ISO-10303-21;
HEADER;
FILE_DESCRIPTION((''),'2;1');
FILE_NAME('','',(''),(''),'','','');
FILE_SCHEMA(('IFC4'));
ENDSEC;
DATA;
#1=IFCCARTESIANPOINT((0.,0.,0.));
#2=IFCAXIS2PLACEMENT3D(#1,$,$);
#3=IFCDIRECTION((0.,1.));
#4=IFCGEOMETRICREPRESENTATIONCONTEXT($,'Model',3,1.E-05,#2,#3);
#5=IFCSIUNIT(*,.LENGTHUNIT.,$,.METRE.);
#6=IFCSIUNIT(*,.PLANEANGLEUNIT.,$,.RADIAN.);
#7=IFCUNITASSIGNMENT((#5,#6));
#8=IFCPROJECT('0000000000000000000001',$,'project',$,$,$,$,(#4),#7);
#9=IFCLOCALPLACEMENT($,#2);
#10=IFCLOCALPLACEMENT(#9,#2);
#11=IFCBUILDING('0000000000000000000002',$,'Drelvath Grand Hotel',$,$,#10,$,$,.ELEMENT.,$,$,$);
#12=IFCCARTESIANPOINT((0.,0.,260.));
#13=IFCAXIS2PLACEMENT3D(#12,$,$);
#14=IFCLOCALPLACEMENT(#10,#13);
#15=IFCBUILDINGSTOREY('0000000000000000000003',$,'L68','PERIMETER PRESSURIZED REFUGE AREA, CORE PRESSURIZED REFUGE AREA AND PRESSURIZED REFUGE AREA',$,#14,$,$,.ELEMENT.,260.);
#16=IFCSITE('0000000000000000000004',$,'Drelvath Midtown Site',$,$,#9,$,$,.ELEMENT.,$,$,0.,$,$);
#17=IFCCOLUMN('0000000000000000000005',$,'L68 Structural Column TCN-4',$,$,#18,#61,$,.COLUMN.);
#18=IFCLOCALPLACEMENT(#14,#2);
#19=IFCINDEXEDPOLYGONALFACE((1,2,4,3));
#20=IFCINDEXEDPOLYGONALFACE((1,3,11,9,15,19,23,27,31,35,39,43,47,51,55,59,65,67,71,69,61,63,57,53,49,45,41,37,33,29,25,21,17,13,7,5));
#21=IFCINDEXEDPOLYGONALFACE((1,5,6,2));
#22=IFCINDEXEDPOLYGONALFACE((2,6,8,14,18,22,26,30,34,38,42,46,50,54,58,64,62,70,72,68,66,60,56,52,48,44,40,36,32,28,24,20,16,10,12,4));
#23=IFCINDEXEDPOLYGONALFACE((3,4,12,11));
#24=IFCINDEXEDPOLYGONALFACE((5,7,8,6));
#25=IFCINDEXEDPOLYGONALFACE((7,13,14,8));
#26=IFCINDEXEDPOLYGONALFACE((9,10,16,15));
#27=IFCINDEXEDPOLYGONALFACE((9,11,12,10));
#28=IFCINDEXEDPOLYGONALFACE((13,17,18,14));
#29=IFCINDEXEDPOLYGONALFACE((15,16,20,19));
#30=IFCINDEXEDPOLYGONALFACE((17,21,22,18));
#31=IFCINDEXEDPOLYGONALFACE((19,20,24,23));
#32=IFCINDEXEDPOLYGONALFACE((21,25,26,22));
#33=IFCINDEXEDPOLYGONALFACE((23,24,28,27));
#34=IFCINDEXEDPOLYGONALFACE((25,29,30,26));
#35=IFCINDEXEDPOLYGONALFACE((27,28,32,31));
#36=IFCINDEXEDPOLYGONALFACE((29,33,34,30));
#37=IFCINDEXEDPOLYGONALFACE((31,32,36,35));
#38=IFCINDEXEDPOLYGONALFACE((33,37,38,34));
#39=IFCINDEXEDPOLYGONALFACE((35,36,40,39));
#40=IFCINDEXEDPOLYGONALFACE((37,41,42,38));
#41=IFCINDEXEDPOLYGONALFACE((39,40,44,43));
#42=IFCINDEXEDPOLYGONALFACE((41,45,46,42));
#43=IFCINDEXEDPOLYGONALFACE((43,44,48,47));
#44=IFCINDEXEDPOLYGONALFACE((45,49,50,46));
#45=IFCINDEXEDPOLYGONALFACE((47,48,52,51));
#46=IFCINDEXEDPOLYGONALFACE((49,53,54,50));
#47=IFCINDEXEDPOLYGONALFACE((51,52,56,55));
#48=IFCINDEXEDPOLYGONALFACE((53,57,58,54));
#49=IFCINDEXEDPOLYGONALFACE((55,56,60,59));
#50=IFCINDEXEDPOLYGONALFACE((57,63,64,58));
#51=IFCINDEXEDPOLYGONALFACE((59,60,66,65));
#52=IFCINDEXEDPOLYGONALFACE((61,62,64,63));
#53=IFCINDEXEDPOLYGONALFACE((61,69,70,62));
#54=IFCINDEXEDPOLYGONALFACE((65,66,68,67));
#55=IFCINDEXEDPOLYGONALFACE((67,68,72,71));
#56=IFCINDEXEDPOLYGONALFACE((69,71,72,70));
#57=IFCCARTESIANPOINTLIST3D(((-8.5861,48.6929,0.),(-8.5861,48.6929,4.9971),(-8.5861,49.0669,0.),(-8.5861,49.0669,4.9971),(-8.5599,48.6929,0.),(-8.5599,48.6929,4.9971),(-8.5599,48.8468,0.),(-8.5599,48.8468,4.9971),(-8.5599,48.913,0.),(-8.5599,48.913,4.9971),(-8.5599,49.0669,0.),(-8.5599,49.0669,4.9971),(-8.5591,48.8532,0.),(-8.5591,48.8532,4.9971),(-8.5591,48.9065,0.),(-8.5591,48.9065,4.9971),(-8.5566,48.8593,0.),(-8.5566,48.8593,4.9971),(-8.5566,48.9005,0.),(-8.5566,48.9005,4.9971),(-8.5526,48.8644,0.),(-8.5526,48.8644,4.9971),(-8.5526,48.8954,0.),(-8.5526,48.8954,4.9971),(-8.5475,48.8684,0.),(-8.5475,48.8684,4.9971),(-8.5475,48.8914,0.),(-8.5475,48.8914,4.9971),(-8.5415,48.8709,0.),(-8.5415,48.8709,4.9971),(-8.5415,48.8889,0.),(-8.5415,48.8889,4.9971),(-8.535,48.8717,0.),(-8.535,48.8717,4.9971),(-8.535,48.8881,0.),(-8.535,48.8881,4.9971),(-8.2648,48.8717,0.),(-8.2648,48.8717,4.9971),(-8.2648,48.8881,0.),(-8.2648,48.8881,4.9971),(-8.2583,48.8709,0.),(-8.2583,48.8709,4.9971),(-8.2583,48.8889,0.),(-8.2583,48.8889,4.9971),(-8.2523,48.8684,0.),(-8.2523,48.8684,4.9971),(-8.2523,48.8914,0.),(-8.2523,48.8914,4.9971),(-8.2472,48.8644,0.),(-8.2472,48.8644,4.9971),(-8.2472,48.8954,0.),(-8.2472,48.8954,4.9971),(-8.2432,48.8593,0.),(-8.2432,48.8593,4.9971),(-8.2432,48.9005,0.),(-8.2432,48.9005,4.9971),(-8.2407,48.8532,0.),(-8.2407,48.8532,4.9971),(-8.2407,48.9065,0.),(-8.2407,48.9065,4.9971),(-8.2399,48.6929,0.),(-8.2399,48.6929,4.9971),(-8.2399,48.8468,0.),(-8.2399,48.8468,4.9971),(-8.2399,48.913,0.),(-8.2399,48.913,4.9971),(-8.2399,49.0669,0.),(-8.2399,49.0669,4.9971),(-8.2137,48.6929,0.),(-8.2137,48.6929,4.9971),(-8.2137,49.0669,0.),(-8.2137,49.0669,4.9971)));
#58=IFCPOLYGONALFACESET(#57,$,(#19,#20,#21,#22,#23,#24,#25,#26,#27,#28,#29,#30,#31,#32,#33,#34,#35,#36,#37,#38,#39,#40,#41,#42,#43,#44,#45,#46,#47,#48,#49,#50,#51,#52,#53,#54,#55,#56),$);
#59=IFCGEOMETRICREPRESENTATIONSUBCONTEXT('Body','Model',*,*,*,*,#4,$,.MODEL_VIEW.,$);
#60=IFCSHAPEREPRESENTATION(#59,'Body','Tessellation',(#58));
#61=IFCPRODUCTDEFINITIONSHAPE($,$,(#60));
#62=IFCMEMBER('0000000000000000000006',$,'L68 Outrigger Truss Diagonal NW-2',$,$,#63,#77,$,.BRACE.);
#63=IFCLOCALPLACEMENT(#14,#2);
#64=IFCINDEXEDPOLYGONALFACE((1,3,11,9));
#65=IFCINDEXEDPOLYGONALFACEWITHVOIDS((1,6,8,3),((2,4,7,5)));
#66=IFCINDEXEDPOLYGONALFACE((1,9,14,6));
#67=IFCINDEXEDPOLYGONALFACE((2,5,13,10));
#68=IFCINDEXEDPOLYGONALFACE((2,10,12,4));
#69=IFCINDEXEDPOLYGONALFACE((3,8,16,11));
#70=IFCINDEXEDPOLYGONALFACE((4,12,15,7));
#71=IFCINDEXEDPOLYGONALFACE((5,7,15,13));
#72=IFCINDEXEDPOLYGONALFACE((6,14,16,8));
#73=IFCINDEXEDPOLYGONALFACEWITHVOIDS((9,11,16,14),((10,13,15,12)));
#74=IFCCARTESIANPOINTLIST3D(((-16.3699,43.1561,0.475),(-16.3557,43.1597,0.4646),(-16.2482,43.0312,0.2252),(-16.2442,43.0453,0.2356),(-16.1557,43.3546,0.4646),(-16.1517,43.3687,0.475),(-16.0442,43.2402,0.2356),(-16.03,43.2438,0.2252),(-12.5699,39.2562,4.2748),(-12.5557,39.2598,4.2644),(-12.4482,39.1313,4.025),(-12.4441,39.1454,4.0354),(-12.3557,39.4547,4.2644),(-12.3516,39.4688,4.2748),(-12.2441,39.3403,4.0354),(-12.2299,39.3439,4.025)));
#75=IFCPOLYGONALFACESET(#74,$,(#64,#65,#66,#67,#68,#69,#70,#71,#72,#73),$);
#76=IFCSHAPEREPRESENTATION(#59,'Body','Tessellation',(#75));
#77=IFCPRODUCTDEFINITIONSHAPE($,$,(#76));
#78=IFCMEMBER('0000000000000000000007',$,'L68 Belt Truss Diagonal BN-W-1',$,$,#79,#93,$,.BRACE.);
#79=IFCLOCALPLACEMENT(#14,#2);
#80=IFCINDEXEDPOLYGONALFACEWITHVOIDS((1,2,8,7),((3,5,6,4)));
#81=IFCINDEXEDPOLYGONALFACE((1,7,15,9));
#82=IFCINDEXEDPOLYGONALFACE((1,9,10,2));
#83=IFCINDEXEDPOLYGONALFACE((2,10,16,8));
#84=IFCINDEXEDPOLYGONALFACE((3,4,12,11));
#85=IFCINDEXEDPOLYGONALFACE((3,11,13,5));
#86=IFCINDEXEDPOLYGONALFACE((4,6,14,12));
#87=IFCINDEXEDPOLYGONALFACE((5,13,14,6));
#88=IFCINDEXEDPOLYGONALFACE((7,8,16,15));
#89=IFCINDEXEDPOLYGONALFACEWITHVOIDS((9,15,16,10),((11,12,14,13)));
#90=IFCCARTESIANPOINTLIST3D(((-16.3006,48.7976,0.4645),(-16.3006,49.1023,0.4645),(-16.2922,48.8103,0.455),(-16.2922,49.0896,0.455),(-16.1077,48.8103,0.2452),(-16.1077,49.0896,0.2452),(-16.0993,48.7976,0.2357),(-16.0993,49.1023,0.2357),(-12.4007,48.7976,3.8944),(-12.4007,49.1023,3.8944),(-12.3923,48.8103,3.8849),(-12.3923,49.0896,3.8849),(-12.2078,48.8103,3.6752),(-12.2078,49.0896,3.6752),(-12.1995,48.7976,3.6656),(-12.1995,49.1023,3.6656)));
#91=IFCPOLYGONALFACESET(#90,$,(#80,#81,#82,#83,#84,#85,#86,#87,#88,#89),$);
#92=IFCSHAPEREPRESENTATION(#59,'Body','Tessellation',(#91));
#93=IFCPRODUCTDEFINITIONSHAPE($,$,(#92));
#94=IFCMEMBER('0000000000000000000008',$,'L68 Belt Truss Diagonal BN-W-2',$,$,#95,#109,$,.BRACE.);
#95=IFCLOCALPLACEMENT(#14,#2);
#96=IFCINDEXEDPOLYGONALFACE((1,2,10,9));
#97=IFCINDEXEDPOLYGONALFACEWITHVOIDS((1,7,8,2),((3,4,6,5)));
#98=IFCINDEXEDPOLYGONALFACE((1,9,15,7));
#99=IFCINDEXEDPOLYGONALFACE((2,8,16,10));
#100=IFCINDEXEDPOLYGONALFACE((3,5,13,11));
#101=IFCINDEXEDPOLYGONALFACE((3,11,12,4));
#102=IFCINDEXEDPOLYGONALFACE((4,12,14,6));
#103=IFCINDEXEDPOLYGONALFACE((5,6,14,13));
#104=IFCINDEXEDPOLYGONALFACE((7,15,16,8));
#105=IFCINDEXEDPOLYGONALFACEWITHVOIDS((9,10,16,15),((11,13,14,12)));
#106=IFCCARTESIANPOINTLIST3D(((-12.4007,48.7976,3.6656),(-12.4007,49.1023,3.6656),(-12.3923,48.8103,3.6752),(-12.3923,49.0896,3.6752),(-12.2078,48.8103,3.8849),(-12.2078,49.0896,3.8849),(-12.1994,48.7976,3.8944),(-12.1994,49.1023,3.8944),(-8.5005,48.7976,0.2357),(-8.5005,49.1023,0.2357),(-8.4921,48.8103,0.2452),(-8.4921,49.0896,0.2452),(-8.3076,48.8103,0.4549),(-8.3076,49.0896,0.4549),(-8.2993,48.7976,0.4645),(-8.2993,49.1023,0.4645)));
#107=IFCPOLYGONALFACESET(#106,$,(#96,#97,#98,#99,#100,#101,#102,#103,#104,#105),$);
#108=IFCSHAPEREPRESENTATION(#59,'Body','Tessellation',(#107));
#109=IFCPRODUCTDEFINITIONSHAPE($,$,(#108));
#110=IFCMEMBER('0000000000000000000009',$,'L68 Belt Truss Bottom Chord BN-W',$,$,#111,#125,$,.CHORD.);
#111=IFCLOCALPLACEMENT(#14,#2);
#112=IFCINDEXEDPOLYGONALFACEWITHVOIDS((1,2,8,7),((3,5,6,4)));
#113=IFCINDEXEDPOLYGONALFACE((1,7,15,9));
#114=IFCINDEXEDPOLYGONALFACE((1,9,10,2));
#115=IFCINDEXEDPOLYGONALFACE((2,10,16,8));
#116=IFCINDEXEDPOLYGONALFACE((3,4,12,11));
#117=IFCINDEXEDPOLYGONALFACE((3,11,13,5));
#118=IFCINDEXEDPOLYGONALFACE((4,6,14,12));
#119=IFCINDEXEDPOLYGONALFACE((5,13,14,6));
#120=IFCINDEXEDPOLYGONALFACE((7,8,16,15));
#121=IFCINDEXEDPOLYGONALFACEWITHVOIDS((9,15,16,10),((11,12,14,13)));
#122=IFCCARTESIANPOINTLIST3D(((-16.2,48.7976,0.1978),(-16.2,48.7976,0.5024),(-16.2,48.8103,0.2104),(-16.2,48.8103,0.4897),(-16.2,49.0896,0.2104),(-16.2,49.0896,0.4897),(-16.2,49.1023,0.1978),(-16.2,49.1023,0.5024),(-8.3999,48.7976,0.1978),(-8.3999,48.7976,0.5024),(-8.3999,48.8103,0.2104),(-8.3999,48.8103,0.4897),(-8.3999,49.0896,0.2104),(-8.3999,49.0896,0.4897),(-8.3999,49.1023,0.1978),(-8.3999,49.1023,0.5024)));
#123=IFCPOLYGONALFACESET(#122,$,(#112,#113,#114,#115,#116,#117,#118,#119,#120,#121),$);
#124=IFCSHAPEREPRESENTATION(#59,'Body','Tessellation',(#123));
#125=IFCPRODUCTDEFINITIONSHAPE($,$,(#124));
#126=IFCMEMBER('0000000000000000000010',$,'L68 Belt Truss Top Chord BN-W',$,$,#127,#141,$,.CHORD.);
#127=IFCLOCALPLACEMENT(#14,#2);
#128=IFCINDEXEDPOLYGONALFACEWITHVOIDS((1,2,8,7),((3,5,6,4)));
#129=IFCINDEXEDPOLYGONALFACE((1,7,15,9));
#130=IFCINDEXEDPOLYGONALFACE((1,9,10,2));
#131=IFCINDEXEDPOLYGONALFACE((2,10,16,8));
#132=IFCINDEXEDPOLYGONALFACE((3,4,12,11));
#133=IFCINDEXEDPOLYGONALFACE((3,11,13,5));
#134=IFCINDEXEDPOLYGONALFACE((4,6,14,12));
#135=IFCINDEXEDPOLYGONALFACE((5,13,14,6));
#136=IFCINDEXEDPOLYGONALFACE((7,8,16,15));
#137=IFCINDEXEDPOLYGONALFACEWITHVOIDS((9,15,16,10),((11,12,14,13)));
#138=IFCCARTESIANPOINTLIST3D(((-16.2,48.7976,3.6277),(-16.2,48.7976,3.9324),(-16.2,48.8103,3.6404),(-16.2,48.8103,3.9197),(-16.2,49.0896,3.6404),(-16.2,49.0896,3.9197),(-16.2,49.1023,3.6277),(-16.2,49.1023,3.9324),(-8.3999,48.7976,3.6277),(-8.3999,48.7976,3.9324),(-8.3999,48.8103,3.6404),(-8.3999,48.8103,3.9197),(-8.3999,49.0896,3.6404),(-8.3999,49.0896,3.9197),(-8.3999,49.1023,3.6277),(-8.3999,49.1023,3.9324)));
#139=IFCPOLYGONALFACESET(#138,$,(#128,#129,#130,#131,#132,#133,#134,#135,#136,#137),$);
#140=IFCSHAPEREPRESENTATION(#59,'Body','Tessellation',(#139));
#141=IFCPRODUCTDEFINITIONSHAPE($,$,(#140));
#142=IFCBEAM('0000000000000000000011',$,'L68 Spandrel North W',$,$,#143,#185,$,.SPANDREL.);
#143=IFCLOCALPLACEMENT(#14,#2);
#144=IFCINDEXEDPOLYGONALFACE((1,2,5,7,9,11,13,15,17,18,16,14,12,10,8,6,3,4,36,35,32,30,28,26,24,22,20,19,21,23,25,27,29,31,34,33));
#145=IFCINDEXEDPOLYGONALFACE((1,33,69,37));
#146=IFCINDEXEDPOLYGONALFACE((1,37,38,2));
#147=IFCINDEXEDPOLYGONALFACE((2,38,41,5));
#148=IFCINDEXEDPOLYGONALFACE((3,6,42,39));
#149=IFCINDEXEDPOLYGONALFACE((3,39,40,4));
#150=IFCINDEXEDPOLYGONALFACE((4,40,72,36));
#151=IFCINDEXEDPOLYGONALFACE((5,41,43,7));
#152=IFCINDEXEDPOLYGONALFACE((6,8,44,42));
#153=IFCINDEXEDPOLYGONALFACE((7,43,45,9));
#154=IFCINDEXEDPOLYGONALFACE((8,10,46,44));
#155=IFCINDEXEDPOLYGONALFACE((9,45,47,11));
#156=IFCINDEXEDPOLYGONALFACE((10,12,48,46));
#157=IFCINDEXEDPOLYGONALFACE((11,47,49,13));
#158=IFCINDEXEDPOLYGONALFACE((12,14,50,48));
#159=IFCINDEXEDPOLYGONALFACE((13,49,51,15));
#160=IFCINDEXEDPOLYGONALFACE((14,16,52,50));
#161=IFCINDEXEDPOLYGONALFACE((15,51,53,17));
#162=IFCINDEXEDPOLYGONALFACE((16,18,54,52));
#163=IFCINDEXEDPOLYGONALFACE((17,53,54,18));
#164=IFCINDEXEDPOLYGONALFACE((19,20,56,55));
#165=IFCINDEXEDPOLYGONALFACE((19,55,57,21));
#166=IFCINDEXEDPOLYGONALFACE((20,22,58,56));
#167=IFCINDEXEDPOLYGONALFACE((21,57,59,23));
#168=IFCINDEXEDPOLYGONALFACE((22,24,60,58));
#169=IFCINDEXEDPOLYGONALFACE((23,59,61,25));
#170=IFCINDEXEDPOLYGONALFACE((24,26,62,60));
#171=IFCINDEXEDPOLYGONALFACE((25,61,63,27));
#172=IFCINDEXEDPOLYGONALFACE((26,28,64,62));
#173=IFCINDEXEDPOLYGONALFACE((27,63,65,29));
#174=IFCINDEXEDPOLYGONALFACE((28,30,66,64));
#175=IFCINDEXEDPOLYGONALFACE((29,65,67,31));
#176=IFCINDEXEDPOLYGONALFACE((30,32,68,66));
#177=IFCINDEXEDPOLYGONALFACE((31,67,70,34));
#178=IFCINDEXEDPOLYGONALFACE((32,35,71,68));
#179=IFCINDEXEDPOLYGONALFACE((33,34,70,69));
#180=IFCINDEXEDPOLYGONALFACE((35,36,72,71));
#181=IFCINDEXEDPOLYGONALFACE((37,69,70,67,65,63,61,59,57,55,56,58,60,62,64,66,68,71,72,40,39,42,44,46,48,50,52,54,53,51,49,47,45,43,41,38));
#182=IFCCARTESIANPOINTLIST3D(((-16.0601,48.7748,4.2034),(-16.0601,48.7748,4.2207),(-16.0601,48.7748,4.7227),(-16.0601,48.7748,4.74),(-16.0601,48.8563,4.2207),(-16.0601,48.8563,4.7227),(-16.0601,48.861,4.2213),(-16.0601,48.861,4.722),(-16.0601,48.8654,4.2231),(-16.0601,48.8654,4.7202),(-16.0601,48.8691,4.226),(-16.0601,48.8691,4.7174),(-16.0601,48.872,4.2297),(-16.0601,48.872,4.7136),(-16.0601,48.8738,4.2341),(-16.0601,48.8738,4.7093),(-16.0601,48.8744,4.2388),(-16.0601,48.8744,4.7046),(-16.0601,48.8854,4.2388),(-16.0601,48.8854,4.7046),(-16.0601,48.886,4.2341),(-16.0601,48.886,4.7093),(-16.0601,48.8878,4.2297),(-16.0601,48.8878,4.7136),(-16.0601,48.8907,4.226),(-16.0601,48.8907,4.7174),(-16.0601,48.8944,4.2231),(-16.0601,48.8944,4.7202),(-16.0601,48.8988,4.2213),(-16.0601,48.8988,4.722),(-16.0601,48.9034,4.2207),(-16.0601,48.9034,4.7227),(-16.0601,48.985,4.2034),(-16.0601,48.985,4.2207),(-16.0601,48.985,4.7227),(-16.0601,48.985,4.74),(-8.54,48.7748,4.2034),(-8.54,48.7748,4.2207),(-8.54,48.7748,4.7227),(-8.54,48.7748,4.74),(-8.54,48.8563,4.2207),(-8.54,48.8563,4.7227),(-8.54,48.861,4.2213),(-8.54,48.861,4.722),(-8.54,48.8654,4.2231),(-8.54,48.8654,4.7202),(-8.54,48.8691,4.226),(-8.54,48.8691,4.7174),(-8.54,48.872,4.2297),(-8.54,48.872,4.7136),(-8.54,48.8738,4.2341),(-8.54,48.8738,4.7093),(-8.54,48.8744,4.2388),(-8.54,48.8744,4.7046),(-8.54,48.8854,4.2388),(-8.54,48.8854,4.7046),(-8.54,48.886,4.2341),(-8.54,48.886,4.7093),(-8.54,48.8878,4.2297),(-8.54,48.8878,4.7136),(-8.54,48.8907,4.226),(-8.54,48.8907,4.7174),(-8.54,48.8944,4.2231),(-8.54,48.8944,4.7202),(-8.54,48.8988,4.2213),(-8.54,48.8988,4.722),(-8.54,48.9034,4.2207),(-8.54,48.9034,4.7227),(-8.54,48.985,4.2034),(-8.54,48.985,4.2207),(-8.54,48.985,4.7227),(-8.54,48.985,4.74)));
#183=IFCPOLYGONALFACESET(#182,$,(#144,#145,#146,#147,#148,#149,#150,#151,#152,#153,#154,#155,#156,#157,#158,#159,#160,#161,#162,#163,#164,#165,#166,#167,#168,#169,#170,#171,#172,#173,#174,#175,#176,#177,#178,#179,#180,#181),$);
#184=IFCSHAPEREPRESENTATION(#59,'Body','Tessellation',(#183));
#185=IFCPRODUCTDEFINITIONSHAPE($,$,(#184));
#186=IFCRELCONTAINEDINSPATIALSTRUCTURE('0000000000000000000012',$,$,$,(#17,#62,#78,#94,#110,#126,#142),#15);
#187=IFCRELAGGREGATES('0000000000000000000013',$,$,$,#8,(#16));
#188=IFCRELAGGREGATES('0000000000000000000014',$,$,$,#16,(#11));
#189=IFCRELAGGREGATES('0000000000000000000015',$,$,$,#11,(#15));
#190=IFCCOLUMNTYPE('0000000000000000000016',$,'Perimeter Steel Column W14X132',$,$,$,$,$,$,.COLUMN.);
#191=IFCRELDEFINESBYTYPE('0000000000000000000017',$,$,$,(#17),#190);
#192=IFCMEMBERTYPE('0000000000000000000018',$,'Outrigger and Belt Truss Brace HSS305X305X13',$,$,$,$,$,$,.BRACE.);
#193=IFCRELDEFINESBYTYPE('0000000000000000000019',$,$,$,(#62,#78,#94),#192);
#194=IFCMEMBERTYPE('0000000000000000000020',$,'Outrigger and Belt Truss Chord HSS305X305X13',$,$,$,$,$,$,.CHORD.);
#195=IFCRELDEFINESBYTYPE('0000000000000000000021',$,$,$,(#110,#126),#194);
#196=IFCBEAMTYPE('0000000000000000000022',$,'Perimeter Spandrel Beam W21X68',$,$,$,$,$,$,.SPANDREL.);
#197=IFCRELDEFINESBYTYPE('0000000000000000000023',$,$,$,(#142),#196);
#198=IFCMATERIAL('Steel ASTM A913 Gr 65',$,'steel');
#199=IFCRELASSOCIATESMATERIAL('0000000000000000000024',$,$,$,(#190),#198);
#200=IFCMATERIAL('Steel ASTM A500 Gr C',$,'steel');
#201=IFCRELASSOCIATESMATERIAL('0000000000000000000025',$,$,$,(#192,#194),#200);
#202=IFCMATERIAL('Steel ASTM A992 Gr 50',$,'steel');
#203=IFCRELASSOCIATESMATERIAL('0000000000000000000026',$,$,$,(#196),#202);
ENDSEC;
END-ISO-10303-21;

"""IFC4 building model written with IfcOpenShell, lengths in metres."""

from ifc_helpers import new_model, si_unit, direction, frame, origin, origin_2d, place, context, subcontext, project, spatial, hollow_rectangle, i_section, extrude, material, material_profile, profile_set, type_object, element, save


model = new_model("IFC4")

# Units and contexts
model_context = context("Model", 3, precision=1e-05, world=origin(), true_north=direction((0.0, 1.0)))
body_context = subcontext(model_context, "Body", "Model", "MODEL_VIEW")
ifc_project = project(units=[si_unit("LENGTHUNIT", "METRE"), si_unit("PLANEANGLEUNIT", "RADIAN")], contexts=[model_context])

# Site, building, storey
site_placement = place(None, origin())
site = spatial("IfcSite", under=ifc_project, at=site_placement, Name="Drelvath Midtown Site", CompositionType="ELEMENT", RefElevation=0.0)
building_placement = place(site_placement, origin())
building = spatial("IfcBuilding", under=site, at=building_placement, Name="Drelvath Grand Hotel", CompositionType="ELEMENT")
storey_placement = place(building_placement, frame((0.0, 0.0, 260.0)))
storey = spatial("IfcBuildingStorey", under=building, at=storey_placement, Name="L68", Description="PERIMETER PRESSURIZED REFUGE AREA, CORE PRESSURIZED REFUGE AREA AND PRESSURIZED REFUGE AREA", CompositionType="ELEMENT", Elevation=260.0)

# Column
ifc_material_1 = material(Name="Steel ASTM A913 Gr 65", Category="steel")
ifc_material_profile_1 = material_profile(ifc_material_1, i_section(OverallWidth=0.374, OverallDepth=0.3723, WebThickness=0.0164, FlangeThickness=0.0261, FilletRadius=0.0249, at=origin_2d()), Name="W14X132")
ifc_profile_set_1 = profile_set([ifc_material_profile_1], Name="Steel ASTM A913 Gr 65")
column_type = type_object("IfcColumnType", Name="Perimeter Steel Column W14X132", PredefinedType="COLUMN", material=ifc_profile_set_1)
column_placement = place(storey_placement, frame((-8.3999, 48.8799, 0.0), z_axis=(0.0, 0.0, 1.0), x_axis=(0.0, 1.0, 0.0)))
element("IfcColumn", 1, at=column_placement, inside=storey, type_object=column_type, Name="L68 Structural Column TCN-4", PredefinedType="COLUMN", context=body_context, shape_type="SweptSolid", body=[
    extrude(i_section(OverallWidth=0.374, OverallDepth=0.3723, WebThickness=0.0164, FlangeThickness=0.0261, FilletRadius=0.0249, at=origin_2d()), origin(), (0.0, 0.0, 1.0), 4.9971),
])

# Members
ifc_material_2 = material(Name="Steel ASTM A500 Gr C", Category="steel")
ifc_material_profile_2 = material_profile(ifc_material_2, hollow_rectangle(XDim=0.3047, YDim=0.3047, WallThickness=0.0127, at=origin_2d()), Name="HSS305X305X13")
ifc_profile_set_2 = profile_set([ifc_material_profile_2], Name="Steel ASTM A500 Gr C")
member_type_1 = type_object("IfcMemberType", Name="Outrigger and Belt Truss Brace HSS305X305X13", PredefinedType="BRACE", material=ifc_profile_set_2)
member_1_placement = place(storey_placement, frame((-12.3999, 39.3, 4.1499), z_axis=(-0.572306, 0.587345, -0.572269), x_axis=(-0.716216, -0.697878, 0.0)))
element("IfcMember", 2, at=member_1_placement, inside=storey, type_object=member_type_1, Name="L68 Outrigger Truss Diagonal NW-2", PredefinedType="BRACE", context=body_context, shape_type="SweptSolid", body=[
    extrude(hollow_rectangle(XDim=0.3047, YDim=0.3047, WallThickness=0.0127, at=origin_2d()), origin(), (0.0, 0.0, 1.0), 6.6399),
])
member_2_placement = place(storey_placement, frame((-16.2, 48.95, 0.3501), z_axis=(0.750903, 0.0, 0.660413), x_axis=(0.0, 1.0, 0.0)))
element("IfcMember", 3, at=member_2_placement, inside=storey, type_object=member_type_1, Name="L68 Belt Truss Diagonal BN-W-1", PredefinedType="BRACE", context=body_context, shape_type="SweptSolid", body=[
    extrude(hollow_rectangle(XDim=0.3047, YDim=0.3047, WallThickness=0.0127, at=origin_2d()), origin(), (0.0, 0.0, 1.0), 5.1936),
])
member_3_placement = place(storey_placement, frame((-12.3, 48.95, 3.78), z_axis=(0.750923, 0.0, -0.660389), x_axis=(0.0, 1.0, 0.0)))
element("IfcMember", 4, at=member_3_placement, inside=storey, type_object=member_type_1, Name="L68 Belt Truss Diagonal BN-W-2", PredefinedType="BRACE", context=body_context, shape_type="SweptSolid", body=[
    extrude(hollow_rectangle(XDim=0.3047, YDim=0.3047, WallThickness=0.0127, at=origin_2d()), origin(), (0.0, 0.0, 1.0), 5.1938),
])
ifc_material_profile_3 = material_profile(ifc_material_2, hollow_rectangle(XDim=0.3047, YDim=0.3047, WallThickness=0.0127, at=origin_2d()), Name="HSS305X305X13")
ifc_profile_set_3 = profile_set([ifc_material_profile_3], Name="Steel ASTM A500 Gr C")
member_type_2 = type_object("IfcMemberType", Name="Outrigger and Belt Truss Chord HSS305X305X13", PredefinedType="CHORD", material=ifc_profile_set_3)
for number, where, z_axis, x_axis, name in (
    (5, (-16.2, 48.95, 0.3501), (1.0, 0.0, 0.0), (0.0, 1.0, 0.0), "L68 Belt Truss Bottom Chord BN-W"),
    (6, (-16.2, 48.95, 3.78), (1.0, 0.0, 0.0), (0.0, 1.0, 0.0), "L68 Belt Truss Top Chord BN-W"),
):
    element("IfcMember", number, at=place(storey_placement, frame(where, z_axis=z_axis, x_axis=x_axis)), inside=storey, type_object=member_type_2, Name=name, PredefinedType="CHORD", context=body_context, shape_type="SweptSolid", body=[
        extrude(hollow_rectangle(XDim=0.3047, YDim=0.3047, WallThickness=0.0127, at=origin_2d()), origin(), (0.0, 0.0, 1.0), 7.8),
    ])

# Beam
ifc_material_3 = material(Name="Steel ASTM A992 Gr 50", Category="steel")
ifc_material_profile_4 = material_profile(ifc_material_3, i_section(OverallWidth=0.2102, OverallDepth=0.5366, WebThickness=0.011, FlangeThickness=0.0173, FilletRadius=0.0181, at=origin_2d()), Name="W21X68")
ifc_profile_set_4 = profile_set([ifc_material_profile_4], Name="Steel ASTM A992 Gr 50")
beam_type_1 = type_object("IfcBeamType", Name="Perimeter Spandrel Beam W21X68", PredefinedType="SPANDREL", material=ifc_profile_set_4)
beam_1_placement = place(storey_placement, frame((-16.0601, 48.8799, 4.4717), z_axis=(1.0, 0.0, 0.0), x_axis=(0.0, 1.0, 0.0)))
element("IfcBeam", 7, at=beam_1_placement, inside=storey, type_object=beam_type_1, Name="L68 Spandrel North W", PredefinedType="SPANDREL", context=body_context, shape_type="SweptSolid", body=[
    extrude(i_section(OverallWidth=0.2102, OverallDepth=0.5366, WebThickness=0.011, FlangeThickness=0.0173, FilletRadius=0.0181, at=origin_2d()), origin(), (0.0, 0.0, 1.0), 7.52),
])

save(model, "model.ifc")
